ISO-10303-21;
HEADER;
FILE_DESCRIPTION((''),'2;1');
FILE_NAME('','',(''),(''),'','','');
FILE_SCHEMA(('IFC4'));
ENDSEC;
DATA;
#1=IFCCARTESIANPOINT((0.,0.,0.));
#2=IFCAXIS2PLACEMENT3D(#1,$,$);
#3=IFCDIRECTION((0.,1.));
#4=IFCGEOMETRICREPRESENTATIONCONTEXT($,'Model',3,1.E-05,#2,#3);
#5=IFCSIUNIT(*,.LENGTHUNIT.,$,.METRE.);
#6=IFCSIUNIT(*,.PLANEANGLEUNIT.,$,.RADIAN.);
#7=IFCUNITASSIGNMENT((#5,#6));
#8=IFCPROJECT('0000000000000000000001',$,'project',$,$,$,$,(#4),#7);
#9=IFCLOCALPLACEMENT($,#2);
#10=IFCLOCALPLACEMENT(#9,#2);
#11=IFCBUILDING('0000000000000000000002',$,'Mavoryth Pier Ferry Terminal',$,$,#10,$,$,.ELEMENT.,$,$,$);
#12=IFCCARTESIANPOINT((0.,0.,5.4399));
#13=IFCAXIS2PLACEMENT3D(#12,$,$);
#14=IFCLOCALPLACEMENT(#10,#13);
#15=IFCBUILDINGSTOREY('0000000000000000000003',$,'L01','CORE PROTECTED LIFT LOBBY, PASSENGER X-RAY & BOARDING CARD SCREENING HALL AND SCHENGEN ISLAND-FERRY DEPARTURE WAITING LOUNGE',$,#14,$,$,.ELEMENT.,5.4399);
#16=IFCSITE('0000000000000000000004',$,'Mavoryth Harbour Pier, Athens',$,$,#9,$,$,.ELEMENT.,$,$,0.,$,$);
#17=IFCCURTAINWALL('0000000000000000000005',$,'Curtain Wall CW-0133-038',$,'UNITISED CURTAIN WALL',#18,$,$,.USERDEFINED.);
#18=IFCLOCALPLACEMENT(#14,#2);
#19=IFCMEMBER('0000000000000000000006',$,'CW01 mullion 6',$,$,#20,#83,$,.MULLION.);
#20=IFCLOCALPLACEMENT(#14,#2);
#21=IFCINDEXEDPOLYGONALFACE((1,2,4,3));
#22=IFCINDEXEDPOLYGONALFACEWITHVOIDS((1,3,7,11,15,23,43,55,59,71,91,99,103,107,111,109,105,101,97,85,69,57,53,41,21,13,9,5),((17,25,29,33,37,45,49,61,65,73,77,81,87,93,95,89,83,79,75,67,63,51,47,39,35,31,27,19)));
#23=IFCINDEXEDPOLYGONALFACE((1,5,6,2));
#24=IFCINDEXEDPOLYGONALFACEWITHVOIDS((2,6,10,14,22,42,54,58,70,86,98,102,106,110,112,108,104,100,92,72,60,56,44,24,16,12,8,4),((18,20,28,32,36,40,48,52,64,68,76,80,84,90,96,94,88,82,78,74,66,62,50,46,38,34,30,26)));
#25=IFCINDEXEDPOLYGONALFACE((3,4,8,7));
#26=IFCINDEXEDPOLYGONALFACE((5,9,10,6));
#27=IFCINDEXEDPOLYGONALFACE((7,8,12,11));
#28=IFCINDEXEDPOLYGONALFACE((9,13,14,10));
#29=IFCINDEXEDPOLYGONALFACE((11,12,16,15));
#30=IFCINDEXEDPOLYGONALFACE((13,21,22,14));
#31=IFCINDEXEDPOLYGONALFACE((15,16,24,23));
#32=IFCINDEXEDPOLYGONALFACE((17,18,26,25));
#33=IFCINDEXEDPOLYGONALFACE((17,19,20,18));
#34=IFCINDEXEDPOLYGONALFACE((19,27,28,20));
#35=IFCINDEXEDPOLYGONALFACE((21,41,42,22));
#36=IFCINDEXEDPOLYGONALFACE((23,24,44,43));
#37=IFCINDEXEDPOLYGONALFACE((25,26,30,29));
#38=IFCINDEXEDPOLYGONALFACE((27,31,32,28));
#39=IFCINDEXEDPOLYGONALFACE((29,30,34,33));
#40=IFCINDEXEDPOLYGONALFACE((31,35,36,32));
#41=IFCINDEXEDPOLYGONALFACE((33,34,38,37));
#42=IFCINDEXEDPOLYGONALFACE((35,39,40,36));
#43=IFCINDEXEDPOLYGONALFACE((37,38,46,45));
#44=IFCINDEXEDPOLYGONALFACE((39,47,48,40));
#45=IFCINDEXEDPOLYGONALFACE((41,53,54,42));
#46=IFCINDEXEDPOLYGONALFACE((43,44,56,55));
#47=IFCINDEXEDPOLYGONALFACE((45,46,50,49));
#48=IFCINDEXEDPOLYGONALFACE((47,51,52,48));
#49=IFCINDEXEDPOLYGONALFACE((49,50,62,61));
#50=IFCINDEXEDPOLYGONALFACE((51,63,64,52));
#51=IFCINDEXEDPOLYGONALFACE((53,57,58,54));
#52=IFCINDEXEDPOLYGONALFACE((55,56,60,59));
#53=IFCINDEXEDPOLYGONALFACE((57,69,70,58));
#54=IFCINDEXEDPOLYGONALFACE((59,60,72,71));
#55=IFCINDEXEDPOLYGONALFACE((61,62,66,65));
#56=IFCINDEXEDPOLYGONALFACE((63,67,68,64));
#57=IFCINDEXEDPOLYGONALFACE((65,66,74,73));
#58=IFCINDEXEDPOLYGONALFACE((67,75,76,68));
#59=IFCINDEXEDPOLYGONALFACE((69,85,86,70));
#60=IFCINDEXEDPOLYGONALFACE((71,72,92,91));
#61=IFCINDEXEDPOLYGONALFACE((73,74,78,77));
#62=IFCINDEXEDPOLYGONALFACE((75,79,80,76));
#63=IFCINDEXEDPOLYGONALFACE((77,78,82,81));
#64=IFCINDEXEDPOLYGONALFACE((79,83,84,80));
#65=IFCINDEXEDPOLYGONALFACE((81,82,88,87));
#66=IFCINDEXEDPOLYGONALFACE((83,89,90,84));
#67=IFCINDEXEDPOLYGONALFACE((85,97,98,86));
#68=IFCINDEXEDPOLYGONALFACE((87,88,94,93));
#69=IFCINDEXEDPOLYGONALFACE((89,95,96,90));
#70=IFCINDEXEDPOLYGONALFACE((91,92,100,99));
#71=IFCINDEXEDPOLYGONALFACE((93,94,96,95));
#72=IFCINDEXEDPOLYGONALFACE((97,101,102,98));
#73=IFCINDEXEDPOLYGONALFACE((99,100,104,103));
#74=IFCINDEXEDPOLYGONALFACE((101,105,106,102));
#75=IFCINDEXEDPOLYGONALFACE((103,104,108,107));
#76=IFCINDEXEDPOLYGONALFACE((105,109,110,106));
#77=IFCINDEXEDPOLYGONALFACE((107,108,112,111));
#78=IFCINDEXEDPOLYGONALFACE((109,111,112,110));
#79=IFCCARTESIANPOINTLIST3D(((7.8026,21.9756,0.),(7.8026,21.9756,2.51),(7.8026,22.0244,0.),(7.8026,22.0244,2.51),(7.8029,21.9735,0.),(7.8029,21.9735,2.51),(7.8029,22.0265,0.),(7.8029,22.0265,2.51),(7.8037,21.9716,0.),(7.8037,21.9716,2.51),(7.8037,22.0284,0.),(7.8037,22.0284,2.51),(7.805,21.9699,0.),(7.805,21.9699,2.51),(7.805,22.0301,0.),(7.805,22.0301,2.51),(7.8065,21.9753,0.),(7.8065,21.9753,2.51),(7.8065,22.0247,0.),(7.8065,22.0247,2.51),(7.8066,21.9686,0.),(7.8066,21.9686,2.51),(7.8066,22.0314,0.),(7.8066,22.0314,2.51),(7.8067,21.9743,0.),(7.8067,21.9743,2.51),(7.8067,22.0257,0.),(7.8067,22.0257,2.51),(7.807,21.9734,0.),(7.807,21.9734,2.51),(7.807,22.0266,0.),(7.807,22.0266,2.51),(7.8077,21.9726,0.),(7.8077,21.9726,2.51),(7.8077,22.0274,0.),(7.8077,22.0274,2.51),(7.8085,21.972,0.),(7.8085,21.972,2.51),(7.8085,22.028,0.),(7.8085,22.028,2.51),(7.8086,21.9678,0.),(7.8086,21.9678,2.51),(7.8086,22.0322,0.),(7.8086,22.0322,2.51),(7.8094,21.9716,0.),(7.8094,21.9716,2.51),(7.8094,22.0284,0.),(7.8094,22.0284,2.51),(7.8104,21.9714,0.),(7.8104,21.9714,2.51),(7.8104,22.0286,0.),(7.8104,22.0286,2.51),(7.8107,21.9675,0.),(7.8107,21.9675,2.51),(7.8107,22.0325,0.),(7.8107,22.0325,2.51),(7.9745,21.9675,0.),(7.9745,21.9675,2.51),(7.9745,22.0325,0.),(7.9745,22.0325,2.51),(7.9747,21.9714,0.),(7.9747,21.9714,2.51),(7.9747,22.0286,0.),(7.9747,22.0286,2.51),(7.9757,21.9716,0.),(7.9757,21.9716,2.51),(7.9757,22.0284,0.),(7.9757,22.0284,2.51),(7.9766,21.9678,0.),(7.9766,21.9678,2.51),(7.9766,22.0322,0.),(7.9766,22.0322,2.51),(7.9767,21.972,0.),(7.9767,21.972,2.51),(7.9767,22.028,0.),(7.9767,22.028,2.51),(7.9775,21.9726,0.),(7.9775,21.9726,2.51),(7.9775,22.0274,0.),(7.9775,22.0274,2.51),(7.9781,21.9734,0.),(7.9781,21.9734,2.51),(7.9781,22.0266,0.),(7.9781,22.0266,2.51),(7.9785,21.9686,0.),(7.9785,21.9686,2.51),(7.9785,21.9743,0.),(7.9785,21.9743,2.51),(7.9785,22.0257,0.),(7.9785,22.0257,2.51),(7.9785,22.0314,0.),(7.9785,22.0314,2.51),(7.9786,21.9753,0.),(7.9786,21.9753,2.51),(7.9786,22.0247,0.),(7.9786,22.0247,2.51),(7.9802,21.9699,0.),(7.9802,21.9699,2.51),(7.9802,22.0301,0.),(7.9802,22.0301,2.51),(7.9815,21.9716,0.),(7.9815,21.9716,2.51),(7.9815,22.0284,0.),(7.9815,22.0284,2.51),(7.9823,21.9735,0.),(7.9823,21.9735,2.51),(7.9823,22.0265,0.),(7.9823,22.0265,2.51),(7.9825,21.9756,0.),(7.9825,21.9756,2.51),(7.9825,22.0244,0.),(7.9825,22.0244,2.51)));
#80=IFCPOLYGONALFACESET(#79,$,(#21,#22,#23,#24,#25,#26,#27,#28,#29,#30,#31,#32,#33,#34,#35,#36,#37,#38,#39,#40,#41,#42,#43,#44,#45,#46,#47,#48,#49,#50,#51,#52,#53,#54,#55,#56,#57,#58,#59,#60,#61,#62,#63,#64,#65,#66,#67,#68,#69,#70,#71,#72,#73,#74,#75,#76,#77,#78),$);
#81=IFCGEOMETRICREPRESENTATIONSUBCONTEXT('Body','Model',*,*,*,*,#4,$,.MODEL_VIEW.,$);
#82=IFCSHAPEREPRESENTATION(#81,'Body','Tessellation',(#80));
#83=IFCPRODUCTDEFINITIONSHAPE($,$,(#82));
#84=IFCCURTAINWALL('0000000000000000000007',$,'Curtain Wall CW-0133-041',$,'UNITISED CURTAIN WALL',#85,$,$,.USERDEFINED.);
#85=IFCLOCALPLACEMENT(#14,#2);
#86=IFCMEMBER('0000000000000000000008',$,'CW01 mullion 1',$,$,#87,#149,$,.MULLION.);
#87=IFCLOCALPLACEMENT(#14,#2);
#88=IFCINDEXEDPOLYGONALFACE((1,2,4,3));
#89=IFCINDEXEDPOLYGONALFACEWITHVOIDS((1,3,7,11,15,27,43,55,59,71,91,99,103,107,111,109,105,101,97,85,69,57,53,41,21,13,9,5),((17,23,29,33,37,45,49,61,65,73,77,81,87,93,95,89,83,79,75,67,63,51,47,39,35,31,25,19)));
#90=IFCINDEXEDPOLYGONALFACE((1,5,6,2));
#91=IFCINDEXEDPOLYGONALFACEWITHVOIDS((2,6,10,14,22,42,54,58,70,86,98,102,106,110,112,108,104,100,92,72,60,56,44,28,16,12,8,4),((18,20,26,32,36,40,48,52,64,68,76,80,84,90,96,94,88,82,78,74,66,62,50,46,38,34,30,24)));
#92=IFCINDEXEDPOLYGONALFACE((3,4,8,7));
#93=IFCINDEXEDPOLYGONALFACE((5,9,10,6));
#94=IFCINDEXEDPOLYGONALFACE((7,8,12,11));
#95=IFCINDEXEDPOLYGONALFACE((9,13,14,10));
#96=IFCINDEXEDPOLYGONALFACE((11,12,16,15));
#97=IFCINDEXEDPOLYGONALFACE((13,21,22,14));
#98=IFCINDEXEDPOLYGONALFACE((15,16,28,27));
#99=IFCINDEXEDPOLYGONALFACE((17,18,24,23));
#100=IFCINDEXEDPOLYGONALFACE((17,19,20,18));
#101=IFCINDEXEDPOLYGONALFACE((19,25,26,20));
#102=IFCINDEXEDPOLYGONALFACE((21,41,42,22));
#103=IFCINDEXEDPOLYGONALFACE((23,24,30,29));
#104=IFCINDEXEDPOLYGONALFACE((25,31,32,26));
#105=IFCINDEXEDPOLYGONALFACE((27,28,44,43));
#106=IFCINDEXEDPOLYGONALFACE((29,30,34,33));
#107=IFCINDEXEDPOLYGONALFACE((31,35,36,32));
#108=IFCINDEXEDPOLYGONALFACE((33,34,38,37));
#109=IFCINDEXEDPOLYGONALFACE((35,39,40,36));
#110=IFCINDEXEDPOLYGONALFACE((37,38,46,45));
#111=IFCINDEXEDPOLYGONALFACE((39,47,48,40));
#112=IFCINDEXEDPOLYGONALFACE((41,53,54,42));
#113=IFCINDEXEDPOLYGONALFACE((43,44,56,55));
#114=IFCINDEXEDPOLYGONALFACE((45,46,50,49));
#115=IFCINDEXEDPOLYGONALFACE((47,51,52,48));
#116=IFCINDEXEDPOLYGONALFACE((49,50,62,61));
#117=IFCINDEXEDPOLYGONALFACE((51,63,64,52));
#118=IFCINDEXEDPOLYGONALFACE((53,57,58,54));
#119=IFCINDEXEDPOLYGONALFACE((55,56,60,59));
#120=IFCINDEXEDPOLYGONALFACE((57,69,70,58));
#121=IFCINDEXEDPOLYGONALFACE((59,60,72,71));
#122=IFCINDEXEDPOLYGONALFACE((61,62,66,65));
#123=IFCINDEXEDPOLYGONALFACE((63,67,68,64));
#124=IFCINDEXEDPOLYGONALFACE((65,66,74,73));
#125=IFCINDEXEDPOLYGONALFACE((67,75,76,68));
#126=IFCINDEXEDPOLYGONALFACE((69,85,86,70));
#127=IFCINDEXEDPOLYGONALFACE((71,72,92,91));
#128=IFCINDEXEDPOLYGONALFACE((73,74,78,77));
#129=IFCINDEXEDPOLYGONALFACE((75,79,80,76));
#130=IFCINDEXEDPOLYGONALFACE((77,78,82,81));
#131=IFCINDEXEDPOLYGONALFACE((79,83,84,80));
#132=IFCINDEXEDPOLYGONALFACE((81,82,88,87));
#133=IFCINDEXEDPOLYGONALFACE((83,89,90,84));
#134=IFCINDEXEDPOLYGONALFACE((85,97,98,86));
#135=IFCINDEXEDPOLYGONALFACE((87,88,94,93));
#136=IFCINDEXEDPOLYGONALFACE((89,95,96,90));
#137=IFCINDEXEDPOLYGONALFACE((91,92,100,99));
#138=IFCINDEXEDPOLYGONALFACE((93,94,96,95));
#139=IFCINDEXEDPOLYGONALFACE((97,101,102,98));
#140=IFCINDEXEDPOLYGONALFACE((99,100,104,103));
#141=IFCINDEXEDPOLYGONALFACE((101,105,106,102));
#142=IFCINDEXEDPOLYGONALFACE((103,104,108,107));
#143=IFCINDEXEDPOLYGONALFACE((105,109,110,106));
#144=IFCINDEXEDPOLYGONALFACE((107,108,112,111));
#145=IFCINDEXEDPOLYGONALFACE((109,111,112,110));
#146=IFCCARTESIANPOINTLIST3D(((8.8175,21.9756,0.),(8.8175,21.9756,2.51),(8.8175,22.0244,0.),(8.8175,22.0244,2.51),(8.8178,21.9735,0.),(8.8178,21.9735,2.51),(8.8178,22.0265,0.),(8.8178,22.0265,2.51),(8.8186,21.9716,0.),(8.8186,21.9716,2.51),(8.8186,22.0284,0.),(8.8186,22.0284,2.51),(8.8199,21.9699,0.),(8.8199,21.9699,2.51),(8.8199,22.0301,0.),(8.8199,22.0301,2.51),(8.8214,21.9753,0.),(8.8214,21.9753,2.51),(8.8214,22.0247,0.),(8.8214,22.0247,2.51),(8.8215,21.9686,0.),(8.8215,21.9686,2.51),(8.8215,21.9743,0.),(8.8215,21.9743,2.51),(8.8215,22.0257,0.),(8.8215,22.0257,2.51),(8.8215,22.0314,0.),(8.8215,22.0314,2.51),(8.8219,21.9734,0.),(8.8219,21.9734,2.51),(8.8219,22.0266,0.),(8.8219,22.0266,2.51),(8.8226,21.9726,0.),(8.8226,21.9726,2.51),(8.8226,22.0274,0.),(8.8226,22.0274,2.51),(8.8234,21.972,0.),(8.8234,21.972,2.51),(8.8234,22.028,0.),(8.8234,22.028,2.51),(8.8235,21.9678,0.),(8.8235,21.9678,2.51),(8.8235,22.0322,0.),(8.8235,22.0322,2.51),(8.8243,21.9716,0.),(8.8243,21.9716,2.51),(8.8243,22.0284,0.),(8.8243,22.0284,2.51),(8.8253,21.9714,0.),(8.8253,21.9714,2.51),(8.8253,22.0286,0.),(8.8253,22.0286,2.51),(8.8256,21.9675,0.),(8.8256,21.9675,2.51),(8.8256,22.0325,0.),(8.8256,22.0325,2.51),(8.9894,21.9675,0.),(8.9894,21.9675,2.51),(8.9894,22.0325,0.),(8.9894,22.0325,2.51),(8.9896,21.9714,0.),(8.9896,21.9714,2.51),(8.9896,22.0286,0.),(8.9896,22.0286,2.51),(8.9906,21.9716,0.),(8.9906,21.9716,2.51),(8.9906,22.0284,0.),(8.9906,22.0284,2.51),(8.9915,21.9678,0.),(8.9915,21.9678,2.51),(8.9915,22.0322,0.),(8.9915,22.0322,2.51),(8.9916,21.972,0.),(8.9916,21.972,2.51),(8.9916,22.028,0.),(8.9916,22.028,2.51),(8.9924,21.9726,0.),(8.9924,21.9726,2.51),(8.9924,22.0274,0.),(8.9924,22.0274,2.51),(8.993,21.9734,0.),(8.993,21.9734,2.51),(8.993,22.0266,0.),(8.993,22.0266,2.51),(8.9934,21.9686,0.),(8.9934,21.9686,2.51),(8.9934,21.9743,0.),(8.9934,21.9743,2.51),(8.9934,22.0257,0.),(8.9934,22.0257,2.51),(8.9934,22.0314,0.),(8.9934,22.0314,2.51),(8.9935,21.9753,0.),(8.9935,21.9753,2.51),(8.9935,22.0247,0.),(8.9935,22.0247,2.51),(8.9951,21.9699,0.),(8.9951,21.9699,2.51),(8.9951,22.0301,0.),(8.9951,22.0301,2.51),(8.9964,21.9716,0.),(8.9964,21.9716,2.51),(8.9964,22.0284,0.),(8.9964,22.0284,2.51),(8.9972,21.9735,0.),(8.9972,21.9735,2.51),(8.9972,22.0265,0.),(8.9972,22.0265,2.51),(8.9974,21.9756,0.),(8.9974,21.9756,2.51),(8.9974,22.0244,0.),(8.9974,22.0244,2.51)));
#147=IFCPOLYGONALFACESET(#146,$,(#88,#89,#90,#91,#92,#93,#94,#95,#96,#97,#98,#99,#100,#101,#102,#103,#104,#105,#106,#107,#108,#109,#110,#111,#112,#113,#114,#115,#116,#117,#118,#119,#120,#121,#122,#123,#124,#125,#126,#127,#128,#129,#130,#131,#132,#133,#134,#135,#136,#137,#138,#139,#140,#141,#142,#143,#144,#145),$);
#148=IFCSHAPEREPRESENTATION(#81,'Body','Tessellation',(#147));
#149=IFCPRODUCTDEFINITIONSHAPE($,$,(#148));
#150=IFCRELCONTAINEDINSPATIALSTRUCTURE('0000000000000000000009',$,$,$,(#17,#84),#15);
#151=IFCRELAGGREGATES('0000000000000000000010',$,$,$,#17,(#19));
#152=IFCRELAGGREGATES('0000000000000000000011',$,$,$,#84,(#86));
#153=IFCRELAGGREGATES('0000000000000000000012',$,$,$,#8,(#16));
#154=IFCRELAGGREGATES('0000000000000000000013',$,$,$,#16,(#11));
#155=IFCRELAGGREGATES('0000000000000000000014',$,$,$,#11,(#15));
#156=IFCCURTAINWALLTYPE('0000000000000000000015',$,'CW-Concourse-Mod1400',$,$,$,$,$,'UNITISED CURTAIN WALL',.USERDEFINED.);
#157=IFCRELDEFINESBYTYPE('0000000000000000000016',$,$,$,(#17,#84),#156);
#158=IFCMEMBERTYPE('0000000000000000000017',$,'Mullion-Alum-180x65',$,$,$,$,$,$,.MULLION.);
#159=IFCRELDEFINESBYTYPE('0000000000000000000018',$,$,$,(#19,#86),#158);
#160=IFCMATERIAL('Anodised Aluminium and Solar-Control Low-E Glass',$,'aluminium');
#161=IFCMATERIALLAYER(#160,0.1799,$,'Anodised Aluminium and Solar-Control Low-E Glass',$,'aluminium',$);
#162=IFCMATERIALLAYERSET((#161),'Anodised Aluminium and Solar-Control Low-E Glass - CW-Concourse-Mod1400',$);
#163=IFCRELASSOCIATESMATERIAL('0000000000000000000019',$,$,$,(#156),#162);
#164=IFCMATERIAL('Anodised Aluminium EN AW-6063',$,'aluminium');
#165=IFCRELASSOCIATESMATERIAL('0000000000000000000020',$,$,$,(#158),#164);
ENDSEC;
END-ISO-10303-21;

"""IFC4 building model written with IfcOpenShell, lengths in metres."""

from ifc_helpers import new_model, si_unit, direction, frame, origin, origin_2d, place, context, subcontext, project, spatial, hollow_rectangle, extrude, material, layer, layer_set, material_profile, profile_set, type_object, element, aggregate, save


model = new_model("IFC4")

# Units and contexts
model_context = context("Model", 3, precision=1e-05, world=origin(), true_north=direction((0.0, 1.0)))
body_context = subcontext(model_context, "Body", "Model", "MODEL_VIEW")
ifc_project = project(units=[si_unit("LENGTHUNIT", "METRE"), si_unit("PLANEANGLEUNIT", "RADIAN")], contexts=[model_context])

# Site, building, storey
site_placement = place(None, origin())
site = spatial("IfcSite", under=ifc_project, at=site_placement, Name="Mavoryth Harbour Pier, Athens", CompositionType="ELEMENT", RefElevation=0.0)
building_placement = place(site_placement, origin())
building = spatial("IfcBuilding", under=site, at=building_placement, Name="Mavoryth Pier Ferry Terminal", CompositionType="ELEMENT")
storey_placement = place(building_placement, frame((0.0, 0.0, 5.4399)))
storey = spatial("IfcBuildingStorey", under=building, at=storey_placement, Name="L01", Description="CORE PROTECTED LIFT LOBBY, PASSENGER X-RAY & BOARDING CARD SCREENING HALL AND SCHENGEN ISLAND-FERRY DEPARTURE WAITING LOUNGE", CompositionType="ELEMENT", Elevation=5.4399)

# Curtain walls, members
ifc_material_1 = material(Name="Anodised Aluminium and Solar-Control Low-E Glass", Category="aluminium")
ifc_layer_1 = layer(ifc_material_1, 0.1799, Name="Anodised Aluminium and Solar-Control Low-E Glass", Category="aluminium")
ifc_layer_set_1 = layer_set([ifc_layer_1], Name="Anodised Aluminium and Solar-Control Low-E Glass - CW-Concourse-Mod1400")
curtain_wall_type = type_object("IfcCurtainWallType", Name="CW-Concourse-Mod1400", ElementType="UNITISED CURTAIN WALL", PredefinedType="USERDEFINED", material=ifc_layer_set_1)
curtain_wall_1_placement = place(storey_placement, origin())
curtain_wall_1 = element("IfcCurtainWall", 1, at=curtain_wall_1_placement, inside=storey, type_object=curtain_wall_type, Name="Curtain Wall CW-0133-038", ObjectType="UNITISED CURTAIN WALL", PredefinedType="USERDEFINED")
ifc_material_2 = material(Name="Anodised Aluminium EN AW-6063", Category="aluminium")
ifc_material_profile_1 = material_profile(ifc_material_2, hollow_rectangle(XDim=0.0649, YDim=0.1799, WallThickness=0.0039, InnerFilletRadius=0.0039, OuterFilletRadius=0.0081, at=origin_2d()), Name="AL-MULL 180x65x4", Category="aluminium")
ifc_profile_set_1 = profile_set([ifc_material_profile_1], Name="Anodised Aluminium EN AW-6063 - AL-MULL 180x65x4")
member_type_1 = type_object("IfcMemberType", Name="Mullion-Alum-180x65", PredefinedType="MULLION", material=ifc_profile_set_1)
member_1_placement = place(storey_placement, frame((7.8926, 22.0, 0.0), z_axis=(0.0, 0.0, 1.0), x_axis=(0.0, 1.0, 0.0)))
member_1 = element("IfcMember", 2, at=member_1_placement, type_object=member_type_1, Name="CW01 mullion 6", PredefinedType="MULLION", context=body_context, shape_type="SweptSolid", body=[
    extrude(hollow_rectangle(XDim=0.0649, YDim=0.1799, WallThickness=0.0039, InnerFilletRadius=0.0039, OuterFilletRadius=0.0081, at=origin_2d()), origin(), (0.0, 0.0, 1.0), 2.51),
])
curtain_wall_2_placement = place(storey_placement, origin())
curtain_wall_2 = element("IfcCurtainWall", 3, at=curtain_wall_2_placement, inside=storey, type_object=curtain_wall_type, Name="Curtain Wall CW-0133-041", ObjectType="UNITISED CURTAIN WALL", PredefinedType="USERDEFINED")
member_2_placement = place(storey_placement, frame((8.9075, 22.0, 0.0), z_axis=(0.0, 0.0, 1.0), x_axis=(0.0, 1.0, 0.0)))
member_2 = element("IfcMember", 4, at=member_2_placement, type_object=member_type_1, Name="CW01 mullion 1", PredefinedType="MULLION", context=body_context, shape_type="SweptSolid", body=[
    extrude(hollow_rectangle(XDim=0.0649, YDim=0.1799, WallThickness=0.0039, InnerFilletRadius=0.0039, OuterFilletRadius=0.0081, at=origin_2d()), origin(), (0.0, 0.0, 1.0), 2.51),
])

aggregate(curtain_wall_1, [member_1])
aggregate(curtain_wall_2, [member_2])

save(model, "model.ifc")
